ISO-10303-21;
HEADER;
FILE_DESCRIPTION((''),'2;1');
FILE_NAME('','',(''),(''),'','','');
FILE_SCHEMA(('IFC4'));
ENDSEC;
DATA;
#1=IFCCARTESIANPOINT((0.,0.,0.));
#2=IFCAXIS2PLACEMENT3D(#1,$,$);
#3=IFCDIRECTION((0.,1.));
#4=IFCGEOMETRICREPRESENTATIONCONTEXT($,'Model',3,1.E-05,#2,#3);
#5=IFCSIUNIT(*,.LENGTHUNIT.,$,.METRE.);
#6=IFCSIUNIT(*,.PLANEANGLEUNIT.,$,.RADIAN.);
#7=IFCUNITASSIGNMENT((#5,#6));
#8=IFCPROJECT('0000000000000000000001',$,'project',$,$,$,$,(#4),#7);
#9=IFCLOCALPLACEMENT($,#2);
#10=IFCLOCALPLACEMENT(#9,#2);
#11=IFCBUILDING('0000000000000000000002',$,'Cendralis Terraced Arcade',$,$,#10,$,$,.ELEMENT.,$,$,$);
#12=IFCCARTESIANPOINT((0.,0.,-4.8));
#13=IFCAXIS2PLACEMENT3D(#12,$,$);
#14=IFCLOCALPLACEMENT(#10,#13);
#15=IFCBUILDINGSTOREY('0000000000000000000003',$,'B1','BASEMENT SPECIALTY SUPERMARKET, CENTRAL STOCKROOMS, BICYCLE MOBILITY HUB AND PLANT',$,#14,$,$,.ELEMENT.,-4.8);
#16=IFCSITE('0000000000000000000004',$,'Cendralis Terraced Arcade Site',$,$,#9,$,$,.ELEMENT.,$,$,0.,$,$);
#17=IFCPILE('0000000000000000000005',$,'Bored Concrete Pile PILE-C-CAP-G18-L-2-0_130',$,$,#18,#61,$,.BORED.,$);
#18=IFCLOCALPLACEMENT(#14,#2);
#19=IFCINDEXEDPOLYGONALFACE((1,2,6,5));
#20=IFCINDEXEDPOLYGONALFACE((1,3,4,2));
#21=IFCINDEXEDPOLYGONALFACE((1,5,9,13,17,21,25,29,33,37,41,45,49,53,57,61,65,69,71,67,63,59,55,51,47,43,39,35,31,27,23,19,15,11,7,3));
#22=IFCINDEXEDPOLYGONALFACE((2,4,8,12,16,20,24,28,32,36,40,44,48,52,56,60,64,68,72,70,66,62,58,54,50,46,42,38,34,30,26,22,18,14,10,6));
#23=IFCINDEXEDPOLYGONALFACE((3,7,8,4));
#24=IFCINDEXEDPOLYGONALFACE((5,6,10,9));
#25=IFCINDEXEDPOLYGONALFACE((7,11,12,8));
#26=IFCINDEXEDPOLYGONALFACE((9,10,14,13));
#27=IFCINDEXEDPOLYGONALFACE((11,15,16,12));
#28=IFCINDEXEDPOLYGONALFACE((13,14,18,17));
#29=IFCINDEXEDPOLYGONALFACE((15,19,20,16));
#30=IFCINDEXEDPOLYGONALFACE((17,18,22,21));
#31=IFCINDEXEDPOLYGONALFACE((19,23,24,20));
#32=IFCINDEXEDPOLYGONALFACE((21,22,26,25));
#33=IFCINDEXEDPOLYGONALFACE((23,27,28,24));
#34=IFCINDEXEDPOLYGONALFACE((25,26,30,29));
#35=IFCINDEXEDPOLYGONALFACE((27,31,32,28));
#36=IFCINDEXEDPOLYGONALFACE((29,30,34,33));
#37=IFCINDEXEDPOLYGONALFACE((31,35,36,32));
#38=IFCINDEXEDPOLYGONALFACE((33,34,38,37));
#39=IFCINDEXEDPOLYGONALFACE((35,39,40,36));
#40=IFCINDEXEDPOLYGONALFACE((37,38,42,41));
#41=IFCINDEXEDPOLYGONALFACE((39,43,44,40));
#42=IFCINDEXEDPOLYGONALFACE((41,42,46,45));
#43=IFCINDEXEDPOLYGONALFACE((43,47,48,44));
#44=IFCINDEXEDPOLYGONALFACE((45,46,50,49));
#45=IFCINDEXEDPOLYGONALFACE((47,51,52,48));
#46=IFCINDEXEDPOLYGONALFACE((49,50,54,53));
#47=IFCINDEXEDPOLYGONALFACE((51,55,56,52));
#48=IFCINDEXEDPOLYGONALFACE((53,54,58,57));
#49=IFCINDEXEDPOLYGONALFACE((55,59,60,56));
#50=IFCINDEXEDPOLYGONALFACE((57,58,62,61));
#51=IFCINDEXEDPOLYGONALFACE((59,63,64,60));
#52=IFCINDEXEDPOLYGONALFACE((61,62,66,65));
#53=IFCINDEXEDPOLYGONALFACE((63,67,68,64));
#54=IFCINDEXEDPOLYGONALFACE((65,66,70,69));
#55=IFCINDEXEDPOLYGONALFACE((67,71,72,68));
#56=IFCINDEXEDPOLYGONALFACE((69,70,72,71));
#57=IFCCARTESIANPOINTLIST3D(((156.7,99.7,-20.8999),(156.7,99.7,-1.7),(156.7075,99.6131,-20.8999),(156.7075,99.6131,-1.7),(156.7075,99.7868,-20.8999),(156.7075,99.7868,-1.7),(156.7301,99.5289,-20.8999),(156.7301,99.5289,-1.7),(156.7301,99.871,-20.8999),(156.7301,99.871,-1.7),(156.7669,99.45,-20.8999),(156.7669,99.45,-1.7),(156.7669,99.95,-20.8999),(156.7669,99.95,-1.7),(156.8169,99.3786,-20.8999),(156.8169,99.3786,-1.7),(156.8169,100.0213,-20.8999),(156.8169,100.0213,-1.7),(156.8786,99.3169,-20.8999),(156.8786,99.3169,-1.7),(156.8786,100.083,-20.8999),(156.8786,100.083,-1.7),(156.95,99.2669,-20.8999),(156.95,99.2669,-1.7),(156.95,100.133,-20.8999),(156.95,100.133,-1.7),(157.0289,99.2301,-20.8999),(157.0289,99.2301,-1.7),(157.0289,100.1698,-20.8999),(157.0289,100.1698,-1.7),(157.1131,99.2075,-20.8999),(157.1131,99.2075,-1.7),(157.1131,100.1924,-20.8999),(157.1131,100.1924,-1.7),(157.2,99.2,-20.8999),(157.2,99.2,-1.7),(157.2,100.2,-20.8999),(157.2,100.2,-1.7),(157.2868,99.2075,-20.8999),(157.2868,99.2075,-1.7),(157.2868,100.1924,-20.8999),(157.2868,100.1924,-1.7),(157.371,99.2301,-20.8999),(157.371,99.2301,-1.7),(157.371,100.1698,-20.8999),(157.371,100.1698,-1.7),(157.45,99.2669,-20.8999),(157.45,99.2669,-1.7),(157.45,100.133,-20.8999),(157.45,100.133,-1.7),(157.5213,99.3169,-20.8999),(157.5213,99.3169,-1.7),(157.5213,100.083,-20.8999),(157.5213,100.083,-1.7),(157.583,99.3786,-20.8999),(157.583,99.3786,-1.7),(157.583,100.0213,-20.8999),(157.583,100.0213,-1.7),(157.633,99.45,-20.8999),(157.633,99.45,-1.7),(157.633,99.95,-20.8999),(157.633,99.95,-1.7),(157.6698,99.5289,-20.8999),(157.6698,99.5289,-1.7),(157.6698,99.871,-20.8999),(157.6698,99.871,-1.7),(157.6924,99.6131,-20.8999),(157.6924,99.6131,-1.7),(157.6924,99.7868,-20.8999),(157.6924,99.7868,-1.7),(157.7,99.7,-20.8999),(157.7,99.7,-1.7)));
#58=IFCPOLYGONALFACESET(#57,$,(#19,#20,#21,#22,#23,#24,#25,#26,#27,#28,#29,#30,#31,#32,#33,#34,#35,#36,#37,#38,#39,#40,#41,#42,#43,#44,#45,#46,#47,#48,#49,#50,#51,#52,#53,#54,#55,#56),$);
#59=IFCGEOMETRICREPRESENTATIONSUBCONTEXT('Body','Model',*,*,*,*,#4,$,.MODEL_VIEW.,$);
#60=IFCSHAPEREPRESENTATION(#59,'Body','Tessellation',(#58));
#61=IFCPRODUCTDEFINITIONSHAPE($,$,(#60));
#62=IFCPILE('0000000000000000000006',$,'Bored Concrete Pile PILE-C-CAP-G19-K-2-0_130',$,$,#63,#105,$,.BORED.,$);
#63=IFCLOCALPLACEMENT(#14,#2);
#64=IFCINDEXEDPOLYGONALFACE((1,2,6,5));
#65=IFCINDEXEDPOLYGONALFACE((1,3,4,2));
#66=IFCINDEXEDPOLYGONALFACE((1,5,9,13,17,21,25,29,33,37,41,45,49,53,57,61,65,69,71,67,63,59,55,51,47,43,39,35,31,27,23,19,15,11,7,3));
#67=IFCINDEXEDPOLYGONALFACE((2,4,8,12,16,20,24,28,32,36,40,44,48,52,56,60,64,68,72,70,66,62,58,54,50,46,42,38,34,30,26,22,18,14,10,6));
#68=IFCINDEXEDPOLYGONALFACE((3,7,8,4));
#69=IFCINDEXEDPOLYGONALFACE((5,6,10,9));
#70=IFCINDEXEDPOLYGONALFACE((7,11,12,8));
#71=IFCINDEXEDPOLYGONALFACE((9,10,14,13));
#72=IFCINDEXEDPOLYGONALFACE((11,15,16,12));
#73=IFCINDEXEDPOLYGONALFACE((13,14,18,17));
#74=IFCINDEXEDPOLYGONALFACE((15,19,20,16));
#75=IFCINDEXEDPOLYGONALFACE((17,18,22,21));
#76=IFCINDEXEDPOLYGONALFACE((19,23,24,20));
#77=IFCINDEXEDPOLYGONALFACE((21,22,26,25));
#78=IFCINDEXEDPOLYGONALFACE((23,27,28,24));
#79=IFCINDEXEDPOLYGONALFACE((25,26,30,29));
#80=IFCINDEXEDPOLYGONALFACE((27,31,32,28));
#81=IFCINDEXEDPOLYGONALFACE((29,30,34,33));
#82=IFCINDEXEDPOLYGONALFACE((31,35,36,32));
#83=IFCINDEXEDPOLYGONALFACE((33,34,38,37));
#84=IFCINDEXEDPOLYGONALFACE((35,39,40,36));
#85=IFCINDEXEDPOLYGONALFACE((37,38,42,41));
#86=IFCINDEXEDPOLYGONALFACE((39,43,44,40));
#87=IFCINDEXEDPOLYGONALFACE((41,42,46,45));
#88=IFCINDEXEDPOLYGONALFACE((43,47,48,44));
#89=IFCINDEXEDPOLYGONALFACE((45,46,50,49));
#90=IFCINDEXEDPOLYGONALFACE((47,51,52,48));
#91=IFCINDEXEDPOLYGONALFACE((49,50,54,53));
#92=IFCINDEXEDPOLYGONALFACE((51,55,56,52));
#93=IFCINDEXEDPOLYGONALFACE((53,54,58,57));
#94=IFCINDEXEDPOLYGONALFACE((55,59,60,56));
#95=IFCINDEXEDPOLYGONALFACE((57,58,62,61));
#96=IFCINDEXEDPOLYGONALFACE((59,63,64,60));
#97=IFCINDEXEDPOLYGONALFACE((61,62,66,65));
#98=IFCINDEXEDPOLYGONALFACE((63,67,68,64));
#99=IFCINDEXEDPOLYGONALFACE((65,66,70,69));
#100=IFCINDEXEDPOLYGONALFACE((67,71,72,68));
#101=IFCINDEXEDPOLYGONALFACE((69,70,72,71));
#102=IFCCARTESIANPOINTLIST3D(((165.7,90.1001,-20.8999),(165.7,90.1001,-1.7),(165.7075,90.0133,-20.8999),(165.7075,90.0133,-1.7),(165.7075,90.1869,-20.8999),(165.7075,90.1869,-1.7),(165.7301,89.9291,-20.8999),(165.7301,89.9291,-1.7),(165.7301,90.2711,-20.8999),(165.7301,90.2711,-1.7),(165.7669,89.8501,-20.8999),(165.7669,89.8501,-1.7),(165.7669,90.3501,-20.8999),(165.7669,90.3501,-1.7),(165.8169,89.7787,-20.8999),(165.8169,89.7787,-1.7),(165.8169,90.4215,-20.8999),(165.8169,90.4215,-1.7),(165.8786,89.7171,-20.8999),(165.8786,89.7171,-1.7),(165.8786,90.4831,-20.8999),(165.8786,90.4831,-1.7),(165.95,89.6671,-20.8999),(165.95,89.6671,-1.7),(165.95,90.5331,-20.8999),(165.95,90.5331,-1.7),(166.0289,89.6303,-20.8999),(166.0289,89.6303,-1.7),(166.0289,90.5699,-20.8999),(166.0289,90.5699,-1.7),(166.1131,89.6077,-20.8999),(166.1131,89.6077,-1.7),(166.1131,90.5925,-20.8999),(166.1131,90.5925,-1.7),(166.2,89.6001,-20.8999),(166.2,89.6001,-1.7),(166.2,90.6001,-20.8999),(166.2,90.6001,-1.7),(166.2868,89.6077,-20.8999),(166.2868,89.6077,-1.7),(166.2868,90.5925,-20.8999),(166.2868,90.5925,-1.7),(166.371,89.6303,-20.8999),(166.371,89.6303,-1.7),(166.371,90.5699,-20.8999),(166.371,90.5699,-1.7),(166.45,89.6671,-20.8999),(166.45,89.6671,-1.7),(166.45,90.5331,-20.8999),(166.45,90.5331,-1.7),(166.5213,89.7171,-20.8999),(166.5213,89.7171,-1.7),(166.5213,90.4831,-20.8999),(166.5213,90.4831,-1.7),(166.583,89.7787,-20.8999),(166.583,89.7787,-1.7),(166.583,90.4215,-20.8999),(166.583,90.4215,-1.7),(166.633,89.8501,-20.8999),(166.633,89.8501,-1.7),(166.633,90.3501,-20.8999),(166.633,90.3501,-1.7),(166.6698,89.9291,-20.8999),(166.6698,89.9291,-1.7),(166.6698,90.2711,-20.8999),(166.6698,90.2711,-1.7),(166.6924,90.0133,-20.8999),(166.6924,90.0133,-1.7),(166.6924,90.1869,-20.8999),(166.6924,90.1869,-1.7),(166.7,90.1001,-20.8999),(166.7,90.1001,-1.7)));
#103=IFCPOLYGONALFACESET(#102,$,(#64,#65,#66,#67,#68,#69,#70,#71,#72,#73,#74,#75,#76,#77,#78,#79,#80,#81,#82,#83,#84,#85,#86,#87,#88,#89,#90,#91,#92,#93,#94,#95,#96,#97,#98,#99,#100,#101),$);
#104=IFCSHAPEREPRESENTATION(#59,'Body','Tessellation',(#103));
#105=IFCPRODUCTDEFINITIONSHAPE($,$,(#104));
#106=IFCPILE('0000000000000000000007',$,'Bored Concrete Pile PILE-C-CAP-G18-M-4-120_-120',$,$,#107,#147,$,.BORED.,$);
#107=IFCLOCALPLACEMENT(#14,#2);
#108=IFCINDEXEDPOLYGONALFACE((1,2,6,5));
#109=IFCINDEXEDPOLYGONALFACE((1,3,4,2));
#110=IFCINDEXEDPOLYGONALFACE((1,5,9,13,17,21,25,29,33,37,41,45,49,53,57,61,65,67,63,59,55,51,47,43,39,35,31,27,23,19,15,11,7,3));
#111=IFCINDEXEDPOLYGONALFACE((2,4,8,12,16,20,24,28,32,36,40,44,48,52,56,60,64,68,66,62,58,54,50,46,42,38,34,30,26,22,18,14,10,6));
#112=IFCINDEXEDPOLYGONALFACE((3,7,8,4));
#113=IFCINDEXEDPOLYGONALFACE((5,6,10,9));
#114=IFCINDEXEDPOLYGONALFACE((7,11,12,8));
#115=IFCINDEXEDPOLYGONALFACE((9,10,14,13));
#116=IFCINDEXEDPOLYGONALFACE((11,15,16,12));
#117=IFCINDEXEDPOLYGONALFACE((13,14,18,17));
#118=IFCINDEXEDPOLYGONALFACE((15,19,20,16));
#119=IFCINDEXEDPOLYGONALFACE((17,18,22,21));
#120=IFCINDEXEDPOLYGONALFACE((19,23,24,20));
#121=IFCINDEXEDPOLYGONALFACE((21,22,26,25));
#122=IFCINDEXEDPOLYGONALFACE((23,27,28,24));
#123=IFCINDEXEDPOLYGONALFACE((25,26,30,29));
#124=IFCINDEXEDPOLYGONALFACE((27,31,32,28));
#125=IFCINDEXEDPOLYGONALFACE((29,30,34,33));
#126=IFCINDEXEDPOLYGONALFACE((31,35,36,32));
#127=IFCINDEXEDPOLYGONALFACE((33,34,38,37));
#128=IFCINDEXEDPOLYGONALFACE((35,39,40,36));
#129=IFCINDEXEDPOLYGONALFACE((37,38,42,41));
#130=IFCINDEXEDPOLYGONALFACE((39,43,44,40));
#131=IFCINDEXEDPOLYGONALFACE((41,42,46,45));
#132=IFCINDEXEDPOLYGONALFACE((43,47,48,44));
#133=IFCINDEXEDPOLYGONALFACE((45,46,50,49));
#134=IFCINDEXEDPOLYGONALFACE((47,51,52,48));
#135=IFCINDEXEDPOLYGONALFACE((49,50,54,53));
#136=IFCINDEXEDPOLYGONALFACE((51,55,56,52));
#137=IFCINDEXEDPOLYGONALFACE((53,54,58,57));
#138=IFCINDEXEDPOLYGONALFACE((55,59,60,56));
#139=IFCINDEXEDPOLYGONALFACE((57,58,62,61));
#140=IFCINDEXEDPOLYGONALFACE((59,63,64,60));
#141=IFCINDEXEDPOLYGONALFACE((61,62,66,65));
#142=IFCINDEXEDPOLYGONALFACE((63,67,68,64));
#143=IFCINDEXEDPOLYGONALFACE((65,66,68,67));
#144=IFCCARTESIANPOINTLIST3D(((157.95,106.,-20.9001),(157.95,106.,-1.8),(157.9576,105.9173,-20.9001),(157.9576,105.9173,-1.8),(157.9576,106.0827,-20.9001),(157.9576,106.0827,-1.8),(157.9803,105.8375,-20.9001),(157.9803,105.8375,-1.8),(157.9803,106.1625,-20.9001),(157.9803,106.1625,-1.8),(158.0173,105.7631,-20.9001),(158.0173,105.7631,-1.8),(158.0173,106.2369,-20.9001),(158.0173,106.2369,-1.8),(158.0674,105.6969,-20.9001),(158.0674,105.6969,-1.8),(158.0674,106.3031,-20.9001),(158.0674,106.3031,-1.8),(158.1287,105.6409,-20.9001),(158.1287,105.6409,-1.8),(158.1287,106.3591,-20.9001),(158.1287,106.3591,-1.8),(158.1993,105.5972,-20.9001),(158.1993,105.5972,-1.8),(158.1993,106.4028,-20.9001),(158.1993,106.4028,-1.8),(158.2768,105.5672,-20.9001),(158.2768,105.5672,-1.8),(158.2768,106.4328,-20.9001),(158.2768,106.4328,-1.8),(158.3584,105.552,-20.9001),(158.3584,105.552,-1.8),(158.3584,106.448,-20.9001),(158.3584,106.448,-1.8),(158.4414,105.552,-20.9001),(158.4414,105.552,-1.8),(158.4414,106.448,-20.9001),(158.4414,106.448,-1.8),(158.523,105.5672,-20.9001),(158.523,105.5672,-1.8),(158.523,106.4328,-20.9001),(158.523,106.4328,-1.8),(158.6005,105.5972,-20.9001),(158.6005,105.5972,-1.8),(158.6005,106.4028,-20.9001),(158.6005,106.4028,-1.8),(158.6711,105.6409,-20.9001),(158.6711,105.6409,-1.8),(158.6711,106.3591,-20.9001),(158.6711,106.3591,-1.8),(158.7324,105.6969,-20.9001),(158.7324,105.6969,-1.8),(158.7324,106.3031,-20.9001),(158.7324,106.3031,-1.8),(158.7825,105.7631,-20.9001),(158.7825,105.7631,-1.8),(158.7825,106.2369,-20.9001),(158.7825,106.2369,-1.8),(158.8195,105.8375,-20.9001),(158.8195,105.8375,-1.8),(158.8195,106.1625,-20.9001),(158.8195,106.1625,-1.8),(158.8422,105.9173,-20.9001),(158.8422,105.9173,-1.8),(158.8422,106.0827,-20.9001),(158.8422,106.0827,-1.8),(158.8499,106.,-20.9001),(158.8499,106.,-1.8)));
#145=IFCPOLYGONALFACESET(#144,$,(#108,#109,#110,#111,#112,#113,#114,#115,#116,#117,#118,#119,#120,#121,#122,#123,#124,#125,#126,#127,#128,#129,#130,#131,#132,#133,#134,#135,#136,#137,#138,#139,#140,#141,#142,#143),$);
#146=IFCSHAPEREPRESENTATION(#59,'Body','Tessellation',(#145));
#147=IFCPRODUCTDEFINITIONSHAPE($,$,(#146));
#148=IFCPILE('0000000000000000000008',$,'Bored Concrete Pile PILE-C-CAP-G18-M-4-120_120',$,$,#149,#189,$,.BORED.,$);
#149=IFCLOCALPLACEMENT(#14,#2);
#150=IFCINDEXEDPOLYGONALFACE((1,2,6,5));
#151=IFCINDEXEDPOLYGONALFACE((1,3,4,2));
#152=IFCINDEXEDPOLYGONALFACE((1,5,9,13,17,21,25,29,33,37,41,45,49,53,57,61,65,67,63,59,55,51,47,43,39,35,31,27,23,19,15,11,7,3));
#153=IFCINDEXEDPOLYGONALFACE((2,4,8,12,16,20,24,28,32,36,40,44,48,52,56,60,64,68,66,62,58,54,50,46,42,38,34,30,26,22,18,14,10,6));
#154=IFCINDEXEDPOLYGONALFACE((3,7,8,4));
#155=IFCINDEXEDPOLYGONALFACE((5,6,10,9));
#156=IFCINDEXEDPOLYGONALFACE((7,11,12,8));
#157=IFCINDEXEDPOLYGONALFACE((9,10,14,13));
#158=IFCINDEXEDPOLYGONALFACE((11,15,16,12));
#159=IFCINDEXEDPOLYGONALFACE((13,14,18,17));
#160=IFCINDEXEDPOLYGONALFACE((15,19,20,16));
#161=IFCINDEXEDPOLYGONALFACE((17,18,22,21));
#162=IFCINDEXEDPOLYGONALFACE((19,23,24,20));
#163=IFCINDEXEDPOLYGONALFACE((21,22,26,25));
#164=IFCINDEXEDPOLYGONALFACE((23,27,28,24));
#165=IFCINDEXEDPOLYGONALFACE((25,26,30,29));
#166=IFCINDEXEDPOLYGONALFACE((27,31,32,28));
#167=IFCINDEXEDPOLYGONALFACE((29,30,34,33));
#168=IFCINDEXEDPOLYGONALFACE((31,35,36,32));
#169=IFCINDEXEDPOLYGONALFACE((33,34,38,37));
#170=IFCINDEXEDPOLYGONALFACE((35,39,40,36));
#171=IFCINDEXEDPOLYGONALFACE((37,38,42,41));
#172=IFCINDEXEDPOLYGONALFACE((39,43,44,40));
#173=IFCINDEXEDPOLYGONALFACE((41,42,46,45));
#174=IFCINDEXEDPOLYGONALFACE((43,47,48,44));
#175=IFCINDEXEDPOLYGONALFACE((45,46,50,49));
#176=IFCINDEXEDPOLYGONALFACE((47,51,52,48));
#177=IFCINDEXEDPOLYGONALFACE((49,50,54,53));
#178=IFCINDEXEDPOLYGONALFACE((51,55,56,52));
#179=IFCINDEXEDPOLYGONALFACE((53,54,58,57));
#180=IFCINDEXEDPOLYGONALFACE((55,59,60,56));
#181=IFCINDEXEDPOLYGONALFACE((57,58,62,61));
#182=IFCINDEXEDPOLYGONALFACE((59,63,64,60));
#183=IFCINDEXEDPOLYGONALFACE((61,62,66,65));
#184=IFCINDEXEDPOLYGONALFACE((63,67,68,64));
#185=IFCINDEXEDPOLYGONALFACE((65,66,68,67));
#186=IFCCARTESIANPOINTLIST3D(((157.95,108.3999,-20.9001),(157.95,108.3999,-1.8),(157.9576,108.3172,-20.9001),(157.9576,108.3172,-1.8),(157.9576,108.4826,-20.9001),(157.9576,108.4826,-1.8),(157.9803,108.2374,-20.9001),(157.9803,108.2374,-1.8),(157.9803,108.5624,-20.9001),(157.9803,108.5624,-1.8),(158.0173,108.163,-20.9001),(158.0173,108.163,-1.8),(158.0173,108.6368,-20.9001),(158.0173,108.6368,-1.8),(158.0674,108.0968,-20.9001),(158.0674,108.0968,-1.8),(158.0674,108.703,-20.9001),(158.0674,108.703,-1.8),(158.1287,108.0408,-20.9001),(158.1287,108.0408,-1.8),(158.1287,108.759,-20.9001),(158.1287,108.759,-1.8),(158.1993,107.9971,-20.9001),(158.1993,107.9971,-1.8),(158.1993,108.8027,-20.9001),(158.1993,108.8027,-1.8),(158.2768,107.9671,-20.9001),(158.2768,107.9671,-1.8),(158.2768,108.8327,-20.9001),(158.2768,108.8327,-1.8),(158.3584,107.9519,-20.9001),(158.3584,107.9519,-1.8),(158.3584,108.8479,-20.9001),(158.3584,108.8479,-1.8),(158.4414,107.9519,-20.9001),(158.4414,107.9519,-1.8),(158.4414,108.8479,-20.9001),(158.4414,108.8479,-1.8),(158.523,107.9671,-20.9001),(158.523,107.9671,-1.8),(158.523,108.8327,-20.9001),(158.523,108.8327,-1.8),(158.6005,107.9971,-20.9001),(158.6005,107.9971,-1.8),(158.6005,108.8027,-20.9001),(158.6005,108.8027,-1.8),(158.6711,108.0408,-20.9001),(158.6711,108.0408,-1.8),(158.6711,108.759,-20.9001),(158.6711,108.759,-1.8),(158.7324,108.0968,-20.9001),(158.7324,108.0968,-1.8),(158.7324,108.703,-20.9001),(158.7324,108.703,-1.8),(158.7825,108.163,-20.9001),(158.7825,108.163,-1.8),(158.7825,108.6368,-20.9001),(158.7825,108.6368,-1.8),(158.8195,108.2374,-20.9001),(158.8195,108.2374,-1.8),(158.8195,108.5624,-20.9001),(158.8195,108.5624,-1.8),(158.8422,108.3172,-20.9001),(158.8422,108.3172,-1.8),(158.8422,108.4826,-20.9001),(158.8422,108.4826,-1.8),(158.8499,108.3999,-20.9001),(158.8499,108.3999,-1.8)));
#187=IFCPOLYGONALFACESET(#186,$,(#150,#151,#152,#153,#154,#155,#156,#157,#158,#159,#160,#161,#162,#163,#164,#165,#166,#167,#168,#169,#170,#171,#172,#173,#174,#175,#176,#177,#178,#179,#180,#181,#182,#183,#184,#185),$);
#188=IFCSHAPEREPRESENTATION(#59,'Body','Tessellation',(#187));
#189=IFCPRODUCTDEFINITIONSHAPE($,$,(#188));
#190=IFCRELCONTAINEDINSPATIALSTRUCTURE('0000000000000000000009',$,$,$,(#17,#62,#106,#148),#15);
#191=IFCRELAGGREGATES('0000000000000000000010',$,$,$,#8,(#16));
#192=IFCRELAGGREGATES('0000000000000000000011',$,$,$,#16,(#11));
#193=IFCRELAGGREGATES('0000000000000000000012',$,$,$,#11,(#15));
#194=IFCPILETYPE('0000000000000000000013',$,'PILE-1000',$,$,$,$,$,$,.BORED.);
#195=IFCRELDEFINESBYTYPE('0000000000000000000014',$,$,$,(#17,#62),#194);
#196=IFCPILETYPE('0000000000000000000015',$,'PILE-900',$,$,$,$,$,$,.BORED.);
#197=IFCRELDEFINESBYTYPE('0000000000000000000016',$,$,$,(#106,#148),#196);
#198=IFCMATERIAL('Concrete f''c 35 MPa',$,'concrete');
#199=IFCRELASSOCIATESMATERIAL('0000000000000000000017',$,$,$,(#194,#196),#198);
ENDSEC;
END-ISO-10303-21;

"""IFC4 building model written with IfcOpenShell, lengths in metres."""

from ifc_helpers import new_model, si_unit, direction, frame, origin, origin_2d, place, context, subcontext, project, spatial, circle, extrude, material, material_profile, profile_set, type_object, element, save


model = new_model("IFC4")

# Units and contexts
model_context = context("Model", 3, precision=1e-05, world=origin(), true_north=direction((0.0, 1.0)))
body_context = subcontext(model_context, "Body", "Model", "MODEL_VIEW")
ifc_project = project(units=[si_unit("LENGTHUNIT", "METRE"), si_unit("PLANEANGLEUNIT", "RADIAN")], contexts=[model_context])

# Site, building, storey
site_placement = place(None, origin())
site = spatial("IfcSite", under=ifc_project, at=site_placement, Name="Cendralis Terraced Arcade Site", CompositionType="ELEMENT", RefElevation=0.0)
building_placement = place(site_placement, origin())
building = spatial("IfcBuilding", under=site, at=building_placement, Name="Cendralis Terraced Arcade", CompositionType="ELEMENT")
storey_placement = place(building_placement, frame((0.0, 0.0, -4.8)))
storey = spatial("IfcBuildingStorey", under=building, at=storey_placement, Name="B1", Description="BASEMENT SPECIALTY SUPERMARKET, CENTRAL STOCKROOMS, BICYCLE MOBILITY HUB AND PLANT", CompositionType="ELEMENT", Elevation=-4.8)

# Shared definitions
ifc_material_1 = material(Name="Concrete f'c 35 MPa", Category="concrete")

# Piles
ifc_material_profile_1 = material_profile(ifc_material_1, circle(Radius=0.5, at=origin_2d()), Name="PILE-D1000", Category="LoadBearing")
ifc_profile_set_1 = profile_set([ifc_material_profile_1], Name="Concrete f'c 35 MPa")
pile_type_1 = type_object("IfcPileType", Name="PILE-1000", PredefinedType="BORED", material=ifc_profile_set_1)
for number, where, z_axis, x_axis, name in (
    (1, (157.2, 99.7, -1.7), (0.0, 0.0, -1.0), (1.0, 0.0, 0.0), "Bored Concrete Pile PILE-C-CAP-G18-L-2-0_130"),
    (2, (166.2, 90.1001, -1.7), (0.0, 0.0, -1.0), (1.0, 0.0, 0.0), "Bored Concrete Pile PILE-C-CAP-G19-K-2-0_130"),
):
    element("IfcPile", number, at=place(storey_placement, frame(where, z_axis=z_axis, x_axis=x_axis)), inside=storey, type_object=pile_type_1, Name=name, PredefinedType="BORED", context=body_context, shape_type="SweptSolid", body=[
        extrude(circle(Radius=0.5, at=origin_2d()), origin(), (0.0, 0.0, 1.0), 19.2),
    ])
ifc_material_profile_2 = material_profile(ifc_material_1, circle(Radius=0.45, at=origin_2d()), Name="PILE-D900", Category="LoadBearing")
ifc_profile_set_2 = profile_set([ifc_material_profile_2], Name="Concrete f'c 35 MPa")
pile_type_2 = type_object("IfcPileType", Name="PILE-900", PredefinedType="BORED", material=ifc_profile_set_2)
for number, where, z_axis, x_axis, name in (
    (3, (158.3999, 106.0, -1.8), (0.0, 0.0, -1.0), (1.0, 0.0, 0.0), "Bored Concrete Pile PILE-C-CAP-G18-M-4-120_-120"),
    (4, (158.3999, 108.3999, -1.8), (0.0, 0.0, -1.0), (1.0, 0.0, 0.0), "Bored Concrete Pile PILE-C-CAP-G18-M-4-120_120"),
):
    element("IfcPile", number, at=place(storey_placement, frame(where, z_axis=z_axis, x_axis=x_axis)), inside=storey, type_object=pile_type_2, Name=name, PredefinedType="BORED", context=body_context, shape_type="SweptSolid", body=[
        extrude(circle(Radius=0.45, at=origin_2d()), origin(), (0.0, 0.0, 1.0), 19.1001),
    ])

save(model, "model.ifc")
